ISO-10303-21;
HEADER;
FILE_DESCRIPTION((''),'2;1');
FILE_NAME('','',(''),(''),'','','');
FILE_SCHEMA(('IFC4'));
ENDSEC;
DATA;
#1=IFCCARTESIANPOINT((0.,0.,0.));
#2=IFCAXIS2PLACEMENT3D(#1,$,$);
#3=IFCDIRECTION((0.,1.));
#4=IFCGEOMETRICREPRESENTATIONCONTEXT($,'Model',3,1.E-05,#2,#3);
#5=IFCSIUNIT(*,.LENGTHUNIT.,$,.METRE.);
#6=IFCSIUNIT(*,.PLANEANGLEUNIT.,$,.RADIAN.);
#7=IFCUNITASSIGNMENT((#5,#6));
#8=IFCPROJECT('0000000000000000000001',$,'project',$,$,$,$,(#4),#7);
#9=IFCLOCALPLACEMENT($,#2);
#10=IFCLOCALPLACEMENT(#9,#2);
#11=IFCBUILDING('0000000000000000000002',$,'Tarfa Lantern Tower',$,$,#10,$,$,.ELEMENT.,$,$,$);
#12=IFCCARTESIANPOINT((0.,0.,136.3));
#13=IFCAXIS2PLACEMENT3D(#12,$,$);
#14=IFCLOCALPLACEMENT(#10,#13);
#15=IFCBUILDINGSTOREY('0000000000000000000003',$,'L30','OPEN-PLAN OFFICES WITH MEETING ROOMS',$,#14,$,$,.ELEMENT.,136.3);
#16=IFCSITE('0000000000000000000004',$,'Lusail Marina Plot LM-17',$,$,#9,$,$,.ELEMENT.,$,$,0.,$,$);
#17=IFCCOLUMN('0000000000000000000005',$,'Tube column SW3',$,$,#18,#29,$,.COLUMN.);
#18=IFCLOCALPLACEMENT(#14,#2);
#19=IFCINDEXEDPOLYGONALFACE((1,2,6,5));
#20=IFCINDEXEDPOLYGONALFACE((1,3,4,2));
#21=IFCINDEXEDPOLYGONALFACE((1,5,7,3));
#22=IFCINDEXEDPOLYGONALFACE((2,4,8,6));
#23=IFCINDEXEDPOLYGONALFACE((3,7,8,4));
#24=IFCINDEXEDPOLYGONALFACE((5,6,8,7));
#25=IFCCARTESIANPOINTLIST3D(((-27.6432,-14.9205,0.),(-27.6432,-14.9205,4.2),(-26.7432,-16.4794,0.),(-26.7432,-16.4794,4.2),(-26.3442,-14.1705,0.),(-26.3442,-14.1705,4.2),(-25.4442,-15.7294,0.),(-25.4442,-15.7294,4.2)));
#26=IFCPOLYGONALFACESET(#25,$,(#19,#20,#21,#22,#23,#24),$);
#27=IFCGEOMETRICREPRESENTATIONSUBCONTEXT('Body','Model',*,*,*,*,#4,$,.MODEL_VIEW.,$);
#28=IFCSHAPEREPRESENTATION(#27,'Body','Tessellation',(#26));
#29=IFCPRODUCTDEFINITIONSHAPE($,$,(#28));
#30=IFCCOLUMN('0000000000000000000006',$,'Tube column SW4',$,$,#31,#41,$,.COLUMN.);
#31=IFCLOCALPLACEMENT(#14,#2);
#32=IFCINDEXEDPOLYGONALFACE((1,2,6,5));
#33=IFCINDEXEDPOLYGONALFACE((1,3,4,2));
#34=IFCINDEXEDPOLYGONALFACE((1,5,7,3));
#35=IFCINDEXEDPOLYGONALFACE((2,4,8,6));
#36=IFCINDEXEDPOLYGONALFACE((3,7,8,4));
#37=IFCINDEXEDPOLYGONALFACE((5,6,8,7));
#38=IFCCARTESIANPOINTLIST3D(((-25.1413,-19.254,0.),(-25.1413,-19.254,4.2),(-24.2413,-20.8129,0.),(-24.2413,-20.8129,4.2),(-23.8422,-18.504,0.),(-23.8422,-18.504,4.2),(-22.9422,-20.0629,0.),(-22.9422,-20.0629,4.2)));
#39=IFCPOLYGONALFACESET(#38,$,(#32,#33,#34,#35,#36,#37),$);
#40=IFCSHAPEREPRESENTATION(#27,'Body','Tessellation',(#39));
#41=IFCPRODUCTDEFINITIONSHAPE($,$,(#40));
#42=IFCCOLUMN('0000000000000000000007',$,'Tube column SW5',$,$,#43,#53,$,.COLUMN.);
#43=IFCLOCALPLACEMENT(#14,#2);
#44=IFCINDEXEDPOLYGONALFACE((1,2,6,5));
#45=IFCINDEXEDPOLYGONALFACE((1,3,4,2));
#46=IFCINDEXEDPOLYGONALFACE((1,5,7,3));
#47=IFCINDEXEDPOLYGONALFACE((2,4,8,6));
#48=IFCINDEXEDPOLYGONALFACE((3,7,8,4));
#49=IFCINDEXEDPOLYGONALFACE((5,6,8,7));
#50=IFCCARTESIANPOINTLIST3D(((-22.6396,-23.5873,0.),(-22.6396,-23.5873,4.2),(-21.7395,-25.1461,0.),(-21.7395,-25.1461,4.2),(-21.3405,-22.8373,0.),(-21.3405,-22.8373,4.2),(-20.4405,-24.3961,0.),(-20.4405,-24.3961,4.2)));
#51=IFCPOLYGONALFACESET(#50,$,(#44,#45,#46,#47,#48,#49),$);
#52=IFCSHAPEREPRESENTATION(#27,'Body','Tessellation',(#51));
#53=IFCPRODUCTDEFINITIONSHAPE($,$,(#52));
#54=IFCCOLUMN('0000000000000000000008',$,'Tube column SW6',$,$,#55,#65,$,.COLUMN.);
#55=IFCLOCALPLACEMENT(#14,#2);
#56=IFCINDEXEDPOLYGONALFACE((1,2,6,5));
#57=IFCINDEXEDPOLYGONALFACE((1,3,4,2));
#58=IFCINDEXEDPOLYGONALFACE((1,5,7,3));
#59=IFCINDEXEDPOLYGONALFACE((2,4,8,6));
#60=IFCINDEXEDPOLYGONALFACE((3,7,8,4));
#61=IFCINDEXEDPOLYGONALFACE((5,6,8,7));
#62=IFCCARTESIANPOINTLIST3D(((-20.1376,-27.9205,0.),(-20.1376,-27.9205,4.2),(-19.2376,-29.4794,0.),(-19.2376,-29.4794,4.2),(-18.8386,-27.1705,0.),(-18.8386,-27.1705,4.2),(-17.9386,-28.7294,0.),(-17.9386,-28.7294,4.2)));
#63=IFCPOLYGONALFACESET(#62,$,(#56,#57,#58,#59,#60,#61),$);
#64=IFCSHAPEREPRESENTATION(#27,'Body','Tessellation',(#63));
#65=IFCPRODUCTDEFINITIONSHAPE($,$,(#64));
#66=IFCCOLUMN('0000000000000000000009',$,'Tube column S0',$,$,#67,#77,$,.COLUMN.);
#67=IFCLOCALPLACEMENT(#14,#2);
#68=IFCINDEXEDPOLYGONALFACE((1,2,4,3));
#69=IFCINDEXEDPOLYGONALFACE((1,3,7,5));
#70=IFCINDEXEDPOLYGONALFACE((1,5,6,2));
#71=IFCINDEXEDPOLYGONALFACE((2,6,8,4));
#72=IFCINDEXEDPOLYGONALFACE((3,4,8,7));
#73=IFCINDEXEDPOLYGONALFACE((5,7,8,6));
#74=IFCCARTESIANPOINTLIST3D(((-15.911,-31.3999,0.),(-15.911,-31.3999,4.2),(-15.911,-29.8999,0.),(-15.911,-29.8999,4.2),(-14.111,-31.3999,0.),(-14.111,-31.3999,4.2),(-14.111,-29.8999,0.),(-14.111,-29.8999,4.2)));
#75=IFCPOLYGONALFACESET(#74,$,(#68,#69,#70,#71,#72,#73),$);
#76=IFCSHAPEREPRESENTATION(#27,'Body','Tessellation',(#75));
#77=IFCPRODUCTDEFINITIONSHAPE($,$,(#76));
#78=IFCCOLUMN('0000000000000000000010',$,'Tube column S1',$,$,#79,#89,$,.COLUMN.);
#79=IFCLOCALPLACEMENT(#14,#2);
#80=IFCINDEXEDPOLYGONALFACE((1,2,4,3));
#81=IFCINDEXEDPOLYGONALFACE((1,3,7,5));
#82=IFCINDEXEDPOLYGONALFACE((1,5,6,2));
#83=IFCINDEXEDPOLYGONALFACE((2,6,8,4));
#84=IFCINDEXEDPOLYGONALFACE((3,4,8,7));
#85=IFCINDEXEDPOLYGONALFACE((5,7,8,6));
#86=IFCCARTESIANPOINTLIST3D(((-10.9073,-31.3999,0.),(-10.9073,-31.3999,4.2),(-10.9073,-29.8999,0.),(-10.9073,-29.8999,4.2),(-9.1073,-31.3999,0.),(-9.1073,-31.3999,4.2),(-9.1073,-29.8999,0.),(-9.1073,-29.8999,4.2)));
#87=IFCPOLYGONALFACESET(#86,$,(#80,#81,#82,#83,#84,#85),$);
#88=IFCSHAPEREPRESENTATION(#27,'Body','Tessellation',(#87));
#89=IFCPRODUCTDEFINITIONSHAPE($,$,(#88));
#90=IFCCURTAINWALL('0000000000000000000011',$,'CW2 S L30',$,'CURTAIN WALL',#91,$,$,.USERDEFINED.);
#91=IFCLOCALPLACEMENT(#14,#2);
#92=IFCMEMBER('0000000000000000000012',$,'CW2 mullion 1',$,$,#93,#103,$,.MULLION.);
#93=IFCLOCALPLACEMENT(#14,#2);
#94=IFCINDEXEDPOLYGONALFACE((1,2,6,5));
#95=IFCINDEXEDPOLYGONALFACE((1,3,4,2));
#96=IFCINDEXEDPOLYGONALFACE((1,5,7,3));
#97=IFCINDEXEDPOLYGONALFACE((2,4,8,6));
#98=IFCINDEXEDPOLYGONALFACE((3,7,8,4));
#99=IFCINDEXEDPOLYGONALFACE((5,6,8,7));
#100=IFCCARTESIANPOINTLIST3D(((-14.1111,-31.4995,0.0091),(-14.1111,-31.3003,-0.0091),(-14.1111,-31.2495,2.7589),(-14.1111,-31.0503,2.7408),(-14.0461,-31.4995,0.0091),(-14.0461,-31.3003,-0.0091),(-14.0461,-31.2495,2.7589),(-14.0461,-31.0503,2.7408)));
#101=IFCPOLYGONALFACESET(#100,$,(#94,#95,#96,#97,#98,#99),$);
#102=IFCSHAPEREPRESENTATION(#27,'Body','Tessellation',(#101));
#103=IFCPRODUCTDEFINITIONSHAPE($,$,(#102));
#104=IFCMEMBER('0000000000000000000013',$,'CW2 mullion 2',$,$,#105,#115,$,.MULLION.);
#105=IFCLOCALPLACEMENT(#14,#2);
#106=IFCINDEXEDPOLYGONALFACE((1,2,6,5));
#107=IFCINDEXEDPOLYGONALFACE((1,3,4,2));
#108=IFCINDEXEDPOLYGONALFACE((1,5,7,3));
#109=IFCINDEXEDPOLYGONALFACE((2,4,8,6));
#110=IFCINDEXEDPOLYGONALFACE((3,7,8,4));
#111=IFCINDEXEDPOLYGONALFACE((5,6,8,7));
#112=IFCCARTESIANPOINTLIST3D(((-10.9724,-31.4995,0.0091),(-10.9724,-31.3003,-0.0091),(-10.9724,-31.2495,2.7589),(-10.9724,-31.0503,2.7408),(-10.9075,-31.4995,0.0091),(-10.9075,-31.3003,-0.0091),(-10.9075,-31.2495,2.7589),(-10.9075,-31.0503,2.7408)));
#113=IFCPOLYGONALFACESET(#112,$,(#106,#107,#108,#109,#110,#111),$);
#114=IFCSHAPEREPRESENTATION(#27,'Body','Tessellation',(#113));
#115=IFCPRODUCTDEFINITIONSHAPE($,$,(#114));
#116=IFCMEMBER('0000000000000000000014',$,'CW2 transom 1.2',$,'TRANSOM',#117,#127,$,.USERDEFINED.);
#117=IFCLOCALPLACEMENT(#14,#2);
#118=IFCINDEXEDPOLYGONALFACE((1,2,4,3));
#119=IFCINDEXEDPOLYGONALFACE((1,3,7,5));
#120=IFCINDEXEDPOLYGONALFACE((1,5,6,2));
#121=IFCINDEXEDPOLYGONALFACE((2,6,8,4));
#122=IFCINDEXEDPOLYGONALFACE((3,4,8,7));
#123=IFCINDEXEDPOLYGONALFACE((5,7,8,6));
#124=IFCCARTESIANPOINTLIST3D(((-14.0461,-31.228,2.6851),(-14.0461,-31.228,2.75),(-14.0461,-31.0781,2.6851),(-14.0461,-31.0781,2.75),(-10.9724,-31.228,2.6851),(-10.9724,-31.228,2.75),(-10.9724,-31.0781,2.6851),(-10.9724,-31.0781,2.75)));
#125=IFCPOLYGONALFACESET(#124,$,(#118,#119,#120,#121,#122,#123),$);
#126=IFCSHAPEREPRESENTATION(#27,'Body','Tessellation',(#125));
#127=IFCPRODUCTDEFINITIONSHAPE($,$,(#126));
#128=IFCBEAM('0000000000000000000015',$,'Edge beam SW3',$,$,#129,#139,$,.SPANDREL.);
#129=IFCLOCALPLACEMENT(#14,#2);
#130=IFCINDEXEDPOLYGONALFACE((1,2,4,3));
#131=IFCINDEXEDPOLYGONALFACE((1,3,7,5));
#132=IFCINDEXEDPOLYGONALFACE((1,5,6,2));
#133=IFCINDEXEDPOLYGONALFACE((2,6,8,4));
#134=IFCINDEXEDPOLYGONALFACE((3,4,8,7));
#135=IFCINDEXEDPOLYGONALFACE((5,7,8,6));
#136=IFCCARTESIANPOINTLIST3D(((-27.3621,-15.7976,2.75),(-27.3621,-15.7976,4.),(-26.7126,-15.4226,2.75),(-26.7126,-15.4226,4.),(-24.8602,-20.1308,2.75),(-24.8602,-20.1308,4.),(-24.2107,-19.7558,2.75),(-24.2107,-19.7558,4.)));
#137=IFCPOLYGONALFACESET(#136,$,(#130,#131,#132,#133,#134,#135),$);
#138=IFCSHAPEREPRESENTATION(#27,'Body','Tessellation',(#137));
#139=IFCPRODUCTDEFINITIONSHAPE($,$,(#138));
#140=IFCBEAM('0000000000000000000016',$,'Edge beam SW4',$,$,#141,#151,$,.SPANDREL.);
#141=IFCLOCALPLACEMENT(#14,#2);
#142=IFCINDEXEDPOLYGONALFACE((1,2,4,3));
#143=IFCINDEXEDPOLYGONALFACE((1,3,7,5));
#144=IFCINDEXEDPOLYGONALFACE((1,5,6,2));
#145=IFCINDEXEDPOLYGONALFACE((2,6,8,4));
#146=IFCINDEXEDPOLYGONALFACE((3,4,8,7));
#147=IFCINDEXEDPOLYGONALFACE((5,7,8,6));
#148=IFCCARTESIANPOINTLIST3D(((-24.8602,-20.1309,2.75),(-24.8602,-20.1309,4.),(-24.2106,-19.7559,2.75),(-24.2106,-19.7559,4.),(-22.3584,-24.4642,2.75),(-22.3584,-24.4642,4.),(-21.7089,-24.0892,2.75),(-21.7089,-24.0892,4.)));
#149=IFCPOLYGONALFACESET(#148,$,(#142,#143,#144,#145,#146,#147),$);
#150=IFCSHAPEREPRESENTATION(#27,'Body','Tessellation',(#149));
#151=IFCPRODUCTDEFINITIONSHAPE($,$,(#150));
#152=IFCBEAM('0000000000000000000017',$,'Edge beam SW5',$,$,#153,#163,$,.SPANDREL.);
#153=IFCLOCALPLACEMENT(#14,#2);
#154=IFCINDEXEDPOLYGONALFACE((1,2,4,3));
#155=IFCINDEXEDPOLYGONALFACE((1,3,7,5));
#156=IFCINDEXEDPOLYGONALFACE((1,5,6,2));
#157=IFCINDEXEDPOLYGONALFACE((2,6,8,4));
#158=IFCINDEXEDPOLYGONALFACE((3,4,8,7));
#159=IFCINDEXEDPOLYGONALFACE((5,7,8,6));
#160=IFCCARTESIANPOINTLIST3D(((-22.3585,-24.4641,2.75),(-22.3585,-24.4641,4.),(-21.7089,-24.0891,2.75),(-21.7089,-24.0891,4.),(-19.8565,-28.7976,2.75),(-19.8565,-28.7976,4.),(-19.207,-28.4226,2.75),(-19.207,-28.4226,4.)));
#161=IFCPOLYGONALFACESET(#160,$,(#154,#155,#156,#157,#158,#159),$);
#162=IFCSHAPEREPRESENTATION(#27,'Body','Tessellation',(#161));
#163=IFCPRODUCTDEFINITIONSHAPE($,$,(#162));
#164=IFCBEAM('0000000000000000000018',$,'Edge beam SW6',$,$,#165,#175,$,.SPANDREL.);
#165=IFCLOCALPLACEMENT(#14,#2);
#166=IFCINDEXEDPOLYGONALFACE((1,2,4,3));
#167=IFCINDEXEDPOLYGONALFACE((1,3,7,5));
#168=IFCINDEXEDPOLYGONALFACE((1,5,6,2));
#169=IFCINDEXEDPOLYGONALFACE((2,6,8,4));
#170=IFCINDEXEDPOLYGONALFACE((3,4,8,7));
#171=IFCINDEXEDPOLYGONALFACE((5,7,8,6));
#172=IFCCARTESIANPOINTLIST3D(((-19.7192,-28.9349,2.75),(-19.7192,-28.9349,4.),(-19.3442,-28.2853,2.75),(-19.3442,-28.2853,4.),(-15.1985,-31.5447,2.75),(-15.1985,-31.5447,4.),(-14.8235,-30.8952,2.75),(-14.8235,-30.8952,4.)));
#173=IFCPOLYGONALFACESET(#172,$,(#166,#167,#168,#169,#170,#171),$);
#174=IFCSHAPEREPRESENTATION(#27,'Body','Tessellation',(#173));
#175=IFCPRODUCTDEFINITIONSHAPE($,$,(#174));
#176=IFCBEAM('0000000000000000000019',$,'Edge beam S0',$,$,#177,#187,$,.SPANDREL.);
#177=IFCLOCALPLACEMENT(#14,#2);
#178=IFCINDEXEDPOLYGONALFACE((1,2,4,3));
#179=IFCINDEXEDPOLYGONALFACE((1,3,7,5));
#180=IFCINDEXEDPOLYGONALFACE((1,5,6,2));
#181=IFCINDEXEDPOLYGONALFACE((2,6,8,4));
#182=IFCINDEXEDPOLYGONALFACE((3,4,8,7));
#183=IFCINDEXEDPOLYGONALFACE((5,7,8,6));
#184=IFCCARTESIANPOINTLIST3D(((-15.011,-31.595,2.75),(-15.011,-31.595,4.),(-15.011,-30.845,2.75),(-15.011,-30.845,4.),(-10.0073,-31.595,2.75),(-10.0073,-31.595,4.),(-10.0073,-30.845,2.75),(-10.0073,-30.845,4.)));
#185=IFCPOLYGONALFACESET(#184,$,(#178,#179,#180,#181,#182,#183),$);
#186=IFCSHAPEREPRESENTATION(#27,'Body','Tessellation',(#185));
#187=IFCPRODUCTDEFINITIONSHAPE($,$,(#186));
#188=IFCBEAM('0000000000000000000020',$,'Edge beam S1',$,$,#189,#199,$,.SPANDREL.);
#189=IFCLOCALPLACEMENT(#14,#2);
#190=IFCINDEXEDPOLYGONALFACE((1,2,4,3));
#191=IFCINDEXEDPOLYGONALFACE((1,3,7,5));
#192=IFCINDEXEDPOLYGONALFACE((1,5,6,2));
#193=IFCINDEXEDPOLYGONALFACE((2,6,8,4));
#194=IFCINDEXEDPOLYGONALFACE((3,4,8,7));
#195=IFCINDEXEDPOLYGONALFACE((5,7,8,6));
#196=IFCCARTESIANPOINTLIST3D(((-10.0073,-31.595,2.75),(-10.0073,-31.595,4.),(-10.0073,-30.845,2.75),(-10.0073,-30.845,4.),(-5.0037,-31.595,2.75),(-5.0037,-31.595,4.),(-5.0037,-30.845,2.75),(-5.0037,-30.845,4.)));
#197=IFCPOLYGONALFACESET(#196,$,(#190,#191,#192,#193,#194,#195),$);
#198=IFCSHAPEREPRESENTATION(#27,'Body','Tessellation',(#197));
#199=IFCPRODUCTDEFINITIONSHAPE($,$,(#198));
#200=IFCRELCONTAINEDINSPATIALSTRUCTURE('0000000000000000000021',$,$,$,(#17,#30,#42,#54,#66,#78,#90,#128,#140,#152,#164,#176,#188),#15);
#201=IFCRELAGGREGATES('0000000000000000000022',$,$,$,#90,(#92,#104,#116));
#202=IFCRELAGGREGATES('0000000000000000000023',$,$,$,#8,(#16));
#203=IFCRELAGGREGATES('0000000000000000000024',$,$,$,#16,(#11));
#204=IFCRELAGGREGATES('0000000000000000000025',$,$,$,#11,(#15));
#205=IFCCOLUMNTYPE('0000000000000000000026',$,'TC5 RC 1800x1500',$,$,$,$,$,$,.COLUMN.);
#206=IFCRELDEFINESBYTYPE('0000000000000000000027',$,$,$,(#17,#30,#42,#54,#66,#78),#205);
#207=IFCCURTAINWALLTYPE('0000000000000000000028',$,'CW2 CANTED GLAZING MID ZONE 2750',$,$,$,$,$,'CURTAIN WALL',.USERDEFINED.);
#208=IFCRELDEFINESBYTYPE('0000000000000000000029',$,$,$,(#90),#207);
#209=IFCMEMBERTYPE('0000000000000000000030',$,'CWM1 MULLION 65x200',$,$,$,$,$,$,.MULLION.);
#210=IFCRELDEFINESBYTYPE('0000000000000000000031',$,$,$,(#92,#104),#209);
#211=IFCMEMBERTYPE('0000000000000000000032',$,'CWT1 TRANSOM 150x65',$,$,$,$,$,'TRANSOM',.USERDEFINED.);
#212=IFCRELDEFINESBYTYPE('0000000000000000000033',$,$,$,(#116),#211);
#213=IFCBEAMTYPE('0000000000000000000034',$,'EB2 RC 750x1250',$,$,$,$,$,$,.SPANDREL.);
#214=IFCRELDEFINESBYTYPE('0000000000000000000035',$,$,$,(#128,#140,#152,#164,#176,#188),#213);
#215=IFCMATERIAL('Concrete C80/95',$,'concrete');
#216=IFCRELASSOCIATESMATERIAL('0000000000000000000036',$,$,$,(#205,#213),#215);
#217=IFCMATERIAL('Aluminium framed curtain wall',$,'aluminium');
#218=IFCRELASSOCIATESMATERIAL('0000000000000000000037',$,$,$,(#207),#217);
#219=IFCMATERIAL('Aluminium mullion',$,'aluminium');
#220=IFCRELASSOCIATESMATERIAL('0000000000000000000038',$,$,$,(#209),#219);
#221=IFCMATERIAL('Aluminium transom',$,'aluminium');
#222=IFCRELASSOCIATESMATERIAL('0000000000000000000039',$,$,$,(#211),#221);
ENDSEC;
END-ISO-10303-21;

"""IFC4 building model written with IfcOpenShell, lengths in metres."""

from ifc_helpers import new_model, si_unit, direction, frame, origin, origin_2d, place, context, subcontext, project, spatial, rectangle, extrude, material, material_profile, profile_set, type_object, element, aggregate, save


model = new_model("IFC4")

# Units and contexts
model_context = context("Model", 3, precision=1e-05, world=origin(), true_north=direction((0.0, 1.0)))
body_context = subcontext(model_context, "Body", "Model", "MODEL_VIEW")
ifc_project = project(units=[si_unit("LENGTHUNIT", "METRE"), si_unit("PLANEANGLEUNIT", "RADIAN")], contexts=[model_context])

# Site, building, storey
site_placement = place(None, origin())
site = spatial("IfcSite", under=ifc_project, at=site_placement, Name="Lusail Marina Plot LM-17", CompositionType="ELEMENT", RefElevation=0.0)
building_placement = place(site_placement, origin())
building = spatial("IfcBuilding", under=site, at=building_placement, Name="Tarfa Lantern Tower", CompositionType="ELEMENT")
storey_placement = place(building_placement, frame((0.0, 0.0, 136.3)))
storey = spatial("IfcBuildingStorey", under=building, at=storey_placement, Name="L30", Description="OPEN-PLAN OFFICES WITH MEETING ROOMS", CompositionType="ELEMENT", Elevation=136.3)

# Columns
ifc_material_1 = material(Name="Concrete C80/95", Category="concrete")
ifc_material_profile_1 = material_profile(ifc_material_1, rectangle(XDim=1.8, YDim=1.5, at=origin_2d()), Name="RC 1800x1500")
ifc_profile_set_1 = profile_set([ifc_material_profile_1], Name="Concrete C80/95")
column_type = type_object("IfcColumnType", Name="TC5 RC 1800x1500", PredefinedType="COLUMN", material=ifc_profile_set_1)
for number, where, z_axis, x_axis, name in (
    (1, (-26.5437, -15.325, 0.0), (0.0, 0.0, 1.0), (0.5, -0.866025, 0.0), "Tube column SW3"),
    (2, (-24.0417, -19.6584, 0.0), (0.0, 0.0, 1.0), (0.5, -0.866025, 0.0), "Tube column SW4"),
    (3, (-21.54, -23.9917, 0.0), (0.0, 0.0, 1.0), (0.5, -0.866025, 0.0), "Tube column SW5"),
    (4, (-19.0381, -28.325, 0.0), (0.0, 0.0, 1.0), (0.5, -0.866025, 0.0), "Tube column SW6"),
    (5, (-15.011, -30.6499, 0.0), (0.0, 0.0, 1.0), (1.0, 0.0, 0.0), "Tube column S0"),
    (6, (-10.0073, -30.6499, 0.0), (0.0, 0.0, 1.0), (1.0, 0.0, 0.0), "Tube column S1"),
):
    element("IfcColumn", number, at=place(storey_placement, frame(where, z_axis=z_axis, x_axis=x_axis)), inside=storey, type_object=column_type, Name=name, PredefinedType="COLUMN", context=body_context, shape_type="SweptSolid", body=[
        extrude(rectangle(XDim=1.8, YDim=1.5, at=origin_2d()), origin(), (0.0, 0.0, 1.0), 4.2),
    ])

# Curtain wall, members
ifc_material_2 = material(Name="Aluminium framed curtain wall", Category="aluminium")
curtain_wall_type = type_object("IfcCurtainWallType", Name="CW2 CANTED GLAZING MID ZONE 2750", ElementType="CURTAIN WALL", PredefinedType="USERDEFINED", material=ifc_material_2)
curtain_wall_placement = place(storey_placement, origin())
curtain_wall = element("IfcCurtainWall", 7, at=curtain_wall_placement, inside=storey, type_object=curtain_wall_type, Name="CW2 S L30", ObjectType="CURTAIN WALL", PredefinedType="USERDEFINED")
ifc_material_3 = material(Name="Aluminium mullion", Category="aluminium")
ifc_material_profile_2 = material_profile(ifc_material_3, rectangle(XDim=0.0649, YDim=0.2, at=origin_2d()), Name="AL MULLION 65x200")
ifc_profile_set_2 = profile_set([ifc_material_profile_2], Name="Aluminium mullion")
member_type_1 = type_object("IfcMemberType", Name="CWM1 MULLION 65x200", PredefinedType="MULLION", material=ifc_profile_set_2)
member_1_placement = place(storey_placement, frame((-14.0786, -31.3999, 0.0), z_axis=(0.0, 0.090536, 0.995893), x_axis=(-1.0, 0.0, 0.0)))
member_1 = element("IfcMember", 8, at=member_1_placement, type_object=member_type_1, Name="CW2 mullion 1", PredefinedType="MULLION", context=body_context, shape_type="SweptSolid", body=[
    extrude(rectangle(XDim=0.0649, YDim=0.2, at=origin_2d()), origin(), (0.0, 0.0, 1.0), 2.7612),
])
member_2_placement = place(storey_placement, frame((-10.9399, -31.3999, 0.0), z_axis=(0.0, 0.090536, 0.995893), x_axis=(-1.0, 0.0, 0.0)))
member_2 = element("IfcMember", 9, at=member_2_placement, type_object=member_type_1, Name="CW2 mullion 2", PredefinedType="MULLION", context=body_context, shape_type="SweptSolid", body=[
    extrude(rectangle(XDim=0.0649, YDim=0.2, at=origin_2d()), origin(), (0.0, 0.0, 1.0), 2.7612),
])
ifc_material_4 = material(Name="Aluminium transom", Category="aluminium")
ifc_material_profile_3 = material_profile(ifc_material_4, rectangle(XDim=0.1499, YDim=0.0649, at=origin_2d()), Name="AL TRANSOM 150x65")
ifc_profile_set_3 = profile_set([ifc_material_profile_3], Name="Aluminium transom")
member_type_2 = type_object("IfcMemberType", Name="CWT1 TRANSOM 150x65", ElementType="TRANSOM", PredefinedType="USERDEFINED", material=ifc_profile_set_3)
member_3_placement = place(storey_placement, frame((-14.0461, -31.1531, 2.7175), z_axis=(1.0, 0.0, 0.0), x_axis=(0.0, 1.0, 0.0)))
member_3 = element("IfcMember", 10, at=member_3_placement, type_object=member_type_2, Name="CW2 transom 1.2", ObjectType="TRANSOM", PredefinedType="USERDEFINED", context=body_context, shape_type="SweptSolid", body=[
    extrude(rectangle(XDim=0.1499, YDim=0.0649, at=origin_2d()), origin(), (0.0, 0.0, 1.0), 3.0737),
])

# Beams
ifc_material_profile_4 = material_profile(ifc_material_1, rectangle(XDim=0.75, YDim=1.25, at=origin_2d()), Name="RC 750x1250")
ifc_profile_set_4 = profile_set([ifc_material_profile_4], Name="Concrete C80/95")
beam_type_1 = type_object("IfcBeamType", Name="EB2 RC 750x1250", PredefinedType="SPANDREL", material=ifc_profile_set_4)
for number, where, z_axis, x_axis, name in (
    (11, (-27.0374, -15.6101, 3.375), (0.500022, -0.866013, 0.0), (0.866013, 0.500022, 0.0), "Edge beam SW3"),
    (12, (-24.5354, -19.9434, 3.375), (0.499986, -0.866034, 0.0), (0.866034, 0.499986, 0.0), "Edge beam SW4"),
):
    element("IfcBeam", number, at=place(storey_placement, frame(where, z_axis=z_axis, x_axis=x_axis)), inside=storey, type_object=beam_type_1, Name=name, PredefinedType="SPANDREL", context=body_context, shape_type="SweptSolid", body=[
        extrude(rectangle(XDim=0.75, YDim=1.25, at=origin_2d()), origin(), (0.0, 0.0, 1.0), 5.0037),
    ])
beam_1_placement = place(storey_placement, frame((-22.0337, -24.2766, 3.375), z_axis=(0.500001, -0.866025, 0.0), x_axis=(0.866025, 0.500001, 0.0)))
element("IfcBeam", 13, at=beam_1_placement, inside=storey, type_object=beam_type_1, Name="Edge beam SW5", PredefinedType="SPANDREL", context=body_context, shape_type="SweptSolid", body=[
    extrude(rectangle(XDim=0.75, YDim=1.25, at=origin_2d()), origin(), (0.0, 0.0, 1.0), 5.0039),
])
beam_2_placement = place(storey_placement, frame((-19.5317, -28.6101, 3.375), z_axis=(0.866042, -0.499972, 0.0), x_axis=(0.499972, 0.866042, 0.0)))
element("IfcBeam", 14, at=beam_2_placement, inside=storey, type_object=beam_type_1, Name="Edge beam SW6", PredefinedType="SPANDREL", context=body_context, shape_type="SweptSolid", body=[
    extrude(rectangle(XDim=0.75, YDim=1.25, at=origin_2d()), origin(), (0.0, 0.0, 1.0), 5.22),
])
for number, where, z_axis, x_axis, name in (
    (15, (-15.011, -31.22, 3.375), (1.0, 0.0, 0.0), (0.0, 1.0, 0.0), "Edge beam S0"),
    (16, (-10.0073, -31.22, 3.375), (1.0, 0.0, 0.0), (0.0, 1.0, 0.0), "Edge beam S1"),
):
    element("IfcBeam", number, at=place(storey_placement, frame(where, z_axis=z_axis, x_axis=x_axis)), inside=storey, type_object=beam_type_1, Name=name, PredefinedType="SPANDREL", context=body_context, shape_type="SweptSolid", body=[
        extrude(rectangle(XDim=0.75, YDim=1.25, at=origin_2d()), origin(), (0.0, 0.0, 1.0), 5.0037),
    ])

aggregate(curtain_wall, [member_1, member_2, member_3])

save(model, "model.ifc")
